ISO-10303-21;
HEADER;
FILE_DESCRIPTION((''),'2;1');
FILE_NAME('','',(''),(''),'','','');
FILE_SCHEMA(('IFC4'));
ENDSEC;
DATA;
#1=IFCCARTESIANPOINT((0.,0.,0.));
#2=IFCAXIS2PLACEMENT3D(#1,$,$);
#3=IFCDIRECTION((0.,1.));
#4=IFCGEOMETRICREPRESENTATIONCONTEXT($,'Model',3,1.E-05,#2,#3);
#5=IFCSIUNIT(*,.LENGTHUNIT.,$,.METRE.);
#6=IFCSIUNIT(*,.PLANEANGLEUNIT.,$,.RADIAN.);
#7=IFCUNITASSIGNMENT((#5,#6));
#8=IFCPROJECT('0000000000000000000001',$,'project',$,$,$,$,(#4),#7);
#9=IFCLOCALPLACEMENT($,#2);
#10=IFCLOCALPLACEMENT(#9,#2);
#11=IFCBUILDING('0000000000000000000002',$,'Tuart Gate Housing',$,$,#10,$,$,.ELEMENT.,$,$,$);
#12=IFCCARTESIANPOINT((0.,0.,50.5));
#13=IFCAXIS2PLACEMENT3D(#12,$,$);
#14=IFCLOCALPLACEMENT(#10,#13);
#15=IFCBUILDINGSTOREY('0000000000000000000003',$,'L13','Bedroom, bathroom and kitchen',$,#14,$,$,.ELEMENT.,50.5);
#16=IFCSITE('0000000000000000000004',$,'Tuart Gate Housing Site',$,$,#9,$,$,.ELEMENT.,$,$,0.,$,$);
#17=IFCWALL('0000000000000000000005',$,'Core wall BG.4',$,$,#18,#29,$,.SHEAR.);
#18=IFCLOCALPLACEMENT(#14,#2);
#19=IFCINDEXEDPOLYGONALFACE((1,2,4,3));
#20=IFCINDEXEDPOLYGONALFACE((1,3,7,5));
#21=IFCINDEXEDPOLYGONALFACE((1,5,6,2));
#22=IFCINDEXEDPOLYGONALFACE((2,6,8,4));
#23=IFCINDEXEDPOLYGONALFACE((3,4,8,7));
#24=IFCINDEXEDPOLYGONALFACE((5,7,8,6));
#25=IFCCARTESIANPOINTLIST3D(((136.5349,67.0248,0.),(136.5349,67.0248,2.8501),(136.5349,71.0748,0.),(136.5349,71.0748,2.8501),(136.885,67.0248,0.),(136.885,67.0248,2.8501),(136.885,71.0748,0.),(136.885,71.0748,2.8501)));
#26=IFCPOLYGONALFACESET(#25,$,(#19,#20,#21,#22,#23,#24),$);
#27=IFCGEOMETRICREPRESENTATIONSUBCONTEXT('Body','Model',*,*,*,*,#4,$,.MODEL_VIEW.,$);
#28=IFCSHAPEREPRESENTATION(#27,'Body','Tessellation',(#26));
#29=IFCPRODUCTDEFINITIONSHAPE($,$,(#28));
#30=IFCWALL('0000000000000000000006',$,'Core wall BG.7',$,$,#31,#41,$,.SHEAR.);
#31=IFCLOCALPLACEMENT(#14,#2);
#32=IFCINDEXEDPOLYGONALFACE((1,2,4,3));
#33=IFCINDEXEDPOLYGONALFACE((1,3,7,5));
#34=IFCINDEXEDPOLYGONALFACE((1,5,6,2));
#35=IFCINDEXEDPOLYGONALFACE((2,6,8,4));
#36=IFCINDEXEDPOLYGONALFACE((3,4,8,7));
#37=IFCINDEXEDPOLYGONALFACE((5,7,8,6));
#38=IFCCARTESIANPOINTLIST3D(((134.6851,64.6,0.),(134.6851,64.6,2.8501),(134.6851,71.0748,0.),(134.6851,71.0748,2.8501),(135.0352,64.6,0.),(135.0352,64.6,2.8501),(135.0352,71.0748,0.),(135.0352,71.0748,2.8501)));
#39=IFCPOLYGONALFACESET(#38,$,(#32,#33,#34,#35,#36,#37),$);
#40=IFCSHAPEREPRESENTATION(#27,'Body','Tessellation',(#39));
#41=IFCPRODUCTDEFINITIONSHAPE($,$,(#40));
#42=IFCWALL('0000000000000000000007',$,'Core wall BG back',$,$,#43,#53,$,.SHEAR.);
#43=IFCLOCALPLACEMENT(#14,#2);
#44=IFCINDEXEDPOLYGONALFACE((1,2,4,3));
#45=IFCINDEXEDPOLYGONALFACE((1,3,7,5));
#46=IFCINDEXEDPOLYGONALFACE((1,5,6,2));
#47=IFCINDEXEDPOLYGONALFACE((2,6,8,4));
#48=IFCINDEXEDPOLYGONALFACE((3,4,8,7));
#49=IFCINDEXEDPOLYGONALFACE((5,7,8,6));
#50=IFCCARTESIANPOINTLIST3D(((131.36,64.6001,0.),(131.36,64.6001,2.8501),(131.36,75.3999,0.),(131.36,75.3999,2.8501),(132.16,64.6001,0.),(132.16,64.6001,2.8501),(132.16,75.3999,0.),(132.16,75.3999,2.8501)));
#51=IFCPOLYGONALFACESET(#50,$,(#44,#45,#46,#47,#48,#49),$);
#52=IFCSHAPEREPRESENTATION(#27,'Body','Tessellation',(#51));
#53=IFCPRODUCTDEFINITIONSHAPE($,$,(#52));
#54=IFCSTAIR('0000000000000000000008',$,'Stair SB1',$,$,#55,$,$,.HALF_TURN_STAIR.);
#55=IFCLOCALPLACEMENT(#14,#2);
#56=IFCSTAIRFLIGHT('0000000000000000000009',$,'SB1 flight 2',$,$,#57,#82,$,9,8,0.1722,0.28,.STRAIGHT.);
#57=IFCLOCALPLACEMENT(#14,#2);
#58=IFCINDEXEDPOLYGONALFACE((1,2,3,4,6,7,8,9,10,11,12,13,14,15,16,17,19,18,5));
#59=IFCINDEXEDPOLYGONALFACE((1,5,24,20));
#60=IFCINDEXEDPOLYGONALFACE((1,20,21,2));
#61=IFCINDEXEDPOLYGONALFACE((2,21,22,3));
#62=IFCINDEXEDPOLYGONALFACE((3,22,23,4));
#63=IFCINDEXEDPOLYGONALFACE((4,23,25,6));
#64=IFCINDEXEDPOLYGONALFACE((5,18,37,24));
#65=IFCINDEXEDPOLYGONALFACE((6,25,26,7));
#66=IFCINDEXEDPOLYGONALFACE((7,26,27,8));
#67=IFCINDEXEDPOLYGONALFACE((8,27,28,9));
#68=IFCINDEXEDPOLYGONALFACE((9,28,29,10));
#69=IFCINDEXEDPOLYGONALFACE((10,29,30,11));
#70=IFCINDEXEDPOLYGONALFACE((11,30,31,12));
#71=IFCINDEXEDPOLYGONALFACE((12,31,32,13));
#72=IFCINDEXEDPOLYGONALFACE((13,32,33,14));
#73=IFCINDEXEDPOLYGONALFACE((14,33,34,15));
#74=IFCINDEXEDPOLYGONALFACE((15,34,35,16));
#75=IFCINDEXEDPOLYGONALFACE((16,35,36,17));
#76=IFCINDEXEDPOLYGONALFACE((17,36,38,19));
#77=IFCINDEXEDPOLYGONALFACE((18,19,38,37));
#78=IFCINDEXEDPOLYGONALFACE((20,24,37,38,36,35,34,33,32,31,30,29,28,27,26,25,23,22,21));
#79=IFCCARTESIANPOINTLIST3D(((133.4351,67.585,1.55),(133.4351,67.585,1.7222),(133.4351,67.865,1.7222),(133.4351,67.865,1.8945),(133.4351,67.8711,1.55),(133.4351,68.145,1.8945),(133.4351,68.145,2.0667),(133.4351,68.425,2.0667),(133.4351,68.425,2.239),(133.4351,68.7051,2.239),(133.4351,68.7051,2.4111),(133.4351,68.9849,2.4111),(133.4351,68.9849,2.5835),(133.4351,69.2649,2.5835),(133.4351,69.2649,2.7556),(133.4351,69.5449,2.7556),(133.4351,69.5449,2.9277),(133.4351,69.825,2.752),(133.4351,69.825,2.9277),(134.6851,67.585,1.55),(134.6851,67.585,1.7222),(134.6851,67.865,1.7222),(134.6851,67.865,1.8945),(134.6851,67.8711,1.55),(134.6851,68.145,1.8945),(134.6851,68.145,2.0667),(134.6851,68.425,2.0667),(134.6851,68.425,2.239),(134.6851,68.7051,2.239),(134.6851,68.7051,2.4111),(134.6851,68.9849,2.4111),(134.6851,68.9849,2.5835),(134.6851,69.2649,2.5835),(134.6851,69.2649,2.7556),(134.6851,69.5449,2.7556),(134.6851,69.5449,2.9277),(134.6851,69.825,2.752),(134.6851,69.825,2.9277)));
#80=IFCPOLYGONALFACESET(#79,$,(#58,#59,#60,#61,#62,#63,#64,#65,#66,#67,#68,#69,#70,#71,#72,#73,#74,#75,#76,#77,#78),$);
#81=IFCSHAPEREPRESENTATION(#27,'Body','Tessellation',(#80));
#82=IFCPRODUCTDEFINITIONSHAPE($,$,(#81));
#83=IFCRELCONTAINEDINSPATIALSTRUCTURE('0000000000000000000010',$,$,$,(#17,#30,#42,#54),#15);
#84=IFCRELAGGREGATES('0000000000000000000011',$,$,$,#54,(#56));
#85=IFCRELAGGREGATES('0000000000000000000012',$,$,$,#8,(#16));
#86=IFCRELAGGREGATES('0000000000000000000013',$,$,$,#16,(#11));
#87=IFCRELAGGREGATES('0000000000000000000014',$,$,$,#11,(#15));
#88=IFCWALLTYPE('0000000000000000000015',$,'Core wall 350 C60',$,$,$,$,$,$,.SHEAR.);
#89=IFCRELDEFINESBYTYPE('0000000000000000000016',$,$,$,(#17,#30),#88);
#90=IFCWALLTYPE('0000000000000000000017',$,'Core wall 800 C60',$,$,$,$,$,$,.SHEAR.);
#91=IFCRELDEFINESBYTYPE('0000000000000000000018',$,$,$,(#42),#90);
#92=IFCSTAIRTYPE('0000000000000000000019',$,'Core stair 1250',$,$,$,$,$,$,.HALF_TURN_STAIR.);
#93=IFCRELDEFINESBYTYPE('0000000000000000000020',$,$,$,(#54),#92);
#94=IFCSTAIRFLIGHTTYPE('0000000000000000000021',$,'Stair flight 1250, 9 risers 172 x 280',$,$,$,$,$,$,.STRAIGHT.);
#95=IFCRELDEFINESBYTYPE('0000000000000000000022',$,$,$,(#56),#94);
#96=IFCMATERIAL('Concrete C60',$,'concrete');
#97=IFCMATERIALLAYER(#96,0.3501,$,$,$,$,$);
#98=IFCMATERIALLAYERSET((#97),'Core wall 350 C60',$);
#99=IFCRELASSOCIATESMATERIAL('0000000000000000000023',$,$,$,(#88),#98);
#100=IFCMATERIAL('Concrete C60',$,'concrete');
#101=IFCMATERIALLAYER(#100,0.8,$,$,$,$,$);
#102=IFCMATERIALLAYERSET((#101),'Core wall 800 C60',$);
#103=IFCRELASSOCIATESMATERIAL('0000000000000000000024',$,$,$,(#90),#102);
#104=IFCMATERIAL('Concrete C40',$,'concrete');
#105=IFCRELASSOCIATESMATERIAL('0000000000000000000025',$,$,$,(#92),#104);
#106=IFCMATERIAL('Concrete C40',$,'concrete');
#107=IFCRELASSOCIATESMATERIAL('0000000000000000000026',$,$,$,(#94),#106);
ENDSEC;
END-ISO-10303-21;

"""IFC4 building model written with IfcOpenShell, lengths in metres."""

from ifc_helpers import new_model, si_unit, direction, frame, frame_2d, origin, place, context, subcontext, project, spatial, polyline, rectangle, outline, extrude, material, layer, layer_set, type_object, element, aggregate, save


model = new_model("IFC4")

# Units and contexts
model_context = context("Model", 3, precision=1e-05, world=origin(), true_north=direction((0.0, 1.0)))
body_context = subcontext(model_context, "Body", "Model", "MODEL_VIEW")
ifc_project = project(units=[si_unit("LENGTHUNIT", "METRE"), si_unit("PLANEANGLEUNIT", "RADIAN")], contexts=[model_context])

# Site, building, storey
site_placement = place(None, origin())
site = spatial("IfcSite", under=ifc_project, at=site_placement, Name="Tuart Gate Housing Site", CompositionType="ELEMENT", RefElevation=0.0)
building_placement = place(site_placement, origin())
building = spatial("IfcBuilding", under=site, at=building_placement, Name="Tuart Gate Housing", CompositionType="ELEMENT")
storey_placement = place(building_placement, frame((0.0, 0.0, 50.5)))
storey = spatial("IfcBuildingStorey", under=building, at=storey_placement, Name="L13", Description="Bedroom, bathroom and kitchen", CompositionType="ELEMENT", Elevation=50.5)

# Walls
ifc_material_1 = material(Name="Concrete C60", Category="concrete")
ifc_layer_1 = layer(ifc_material_1, 0.3501)
ifc_layer_set_1 = layer_set([ifc_layer_1], Name="Core wall 350 C60")
wall_type_1 = type_object("IfcWallType", Name="Core wall 350 C60", PredefinedType="SHEAR", material=ifc_layer_set_1)
wall_1_placement = place(storey_placement, frame((136.71, 67.0249, 0.0), z_axis=(0.0, 0.0, 1.0), x_axis=(0.0, 1.0, 0.0)))
element("IfcWall", 1, at=wall_1_placement, inside=storey, type_object=wall_type_1, Name="Core wall BG.4", PredefinedType="SHEAR", context=body_context, shape_type="SweptSolid", body=[
    extrude(rectangle(XDim=4.05, YDim=0.3501, at=frame_2d((2.0249, 0.0))), origin(), (0.0, 0.0, 1.0), 2.8501),
])
wall_2_placement = place(storey_placement, frame((134.8601, 64.6001, 0.0), z_axis=(0.0, 0.0, 1.0), x_axis=(0.0, 1.0, 0.0)))
element("IfcWall", 2, at=wall_2_placement, inside=storey, type_object=wall_type_1, Name="Core wall BG.7", PredefinedType="SHEAR", context=body_context, shape_type="SweptSolid", body=[
    extrude(rectangle(XDim=6.4749, YDim=0.3501, at=frame_2d((3.2373, 0.0))), origin(), (0.0, 0.0, 1.0), 2.8501),
])
ifc_material_2 = material(Name="Concrete C60", Category="concrete")
ifc_layer_2 = layer(ifc_material_2, 0.8)
ifc_layer_set_2 = layer_set([ifc_layer_2], Name="Core wall 800 C60")
wall_type_2 = type_object("IfcWallType", Name="Core wall 800 C60", PredefinedType="SHEAR", material=ifc_layer_set_2)
wall_3_placement = place(storey_placement, frame((131.76, 64.6001, 0.0), z_axis=(0.0, 0.0, 1.0), x_axis=(0.0, 1.0, 0.0)))
element("IfcWall", 3, at=wall_3_placement, inside=storey, type_object=wall_type_2, Name="Core wall BG back", PredefinedType="SHEAR", context=body_context, shape_type="SweptSolid", body=[
    extrude(rectangle(XDim=10.7998, YDim=0.8, at=frame_2d((5.3999, 0.0))), origin(), (0.0, 0.0, 1.0), 2.8501),
])

# Stair, stair flight
ifc_material_3 = material(Name="Concrete C40", Category="concrete")
stair_type = type_object("IfcStairType", Name="Core stair 1250", PredefinedType="HALF_TURN_STAIR", material=ifc_material_3)
stair_placement = place(storey_placement, origin())
stair = element("IfcStair", 4, at=stair_placement, inside=storey, type_object=stair_type, Name="Stair SB1", PredefinedType="HALF_TURN_STAIR")
ifc_material_4 = material(Name="Concrete C40", Category="concrete")
stair_flight_type = type_object("IfcStairFlightType", Name="Stair flight 1250, 9 risers 172 x 280", PredefinedType="STRAIGHT", material=ifc_material_4)
stair_flight_placement = place(storey_placement, frame((134.0601, 67.585, 1.55), z_axis=(0.0, 0.0, 1.0), x_axis=(0.0, 1.0, 0.0)))
stair_flight = element("IfcStairFlight", 5, at=stair_flight_placement, type_object=stair_flight_type, Name="SB1 flight 2", NumberOfRisers=9, NumberOfTreads=8, PredefinedType="STRAIGHT", RiserHeight=0.1722, TreadLength=0.28, context=body_context, shape_type="SweptSolid", body=[
    extrude(outline(polyline([(0.0, 0.0), (0.0, 0.1721), (0.28, 0.1721), (0.28, 0.3445), (0.5601, 0.3445), (0.5601, 0.5166), (0.8401, 0.5166), (0.8401, 0.689), (1.1201, 0.689), (1.1201, 0.8611), (1.3999, 0.8611), (1.3999, 1.0334), (1.6799, 1.0334), (1.6799, 1.2056), (1.96, 1.2056), (1.96, 1.3777), (2.24, 1.3777), (2.24, 1.55), (2.24, 1.2019), (0.2861, 0.0), (0.0, 0.0)])), frame((0.0, 0.625, 0.0), z_axis=(0.0, -1.0, 0.0), x_axis=(1.0, 0.0, 0.0)), (0.0, 0.0, 1.0), 1.25),
])
aggregate(stair, [stair_flight])

save(model, "model.ifc")
